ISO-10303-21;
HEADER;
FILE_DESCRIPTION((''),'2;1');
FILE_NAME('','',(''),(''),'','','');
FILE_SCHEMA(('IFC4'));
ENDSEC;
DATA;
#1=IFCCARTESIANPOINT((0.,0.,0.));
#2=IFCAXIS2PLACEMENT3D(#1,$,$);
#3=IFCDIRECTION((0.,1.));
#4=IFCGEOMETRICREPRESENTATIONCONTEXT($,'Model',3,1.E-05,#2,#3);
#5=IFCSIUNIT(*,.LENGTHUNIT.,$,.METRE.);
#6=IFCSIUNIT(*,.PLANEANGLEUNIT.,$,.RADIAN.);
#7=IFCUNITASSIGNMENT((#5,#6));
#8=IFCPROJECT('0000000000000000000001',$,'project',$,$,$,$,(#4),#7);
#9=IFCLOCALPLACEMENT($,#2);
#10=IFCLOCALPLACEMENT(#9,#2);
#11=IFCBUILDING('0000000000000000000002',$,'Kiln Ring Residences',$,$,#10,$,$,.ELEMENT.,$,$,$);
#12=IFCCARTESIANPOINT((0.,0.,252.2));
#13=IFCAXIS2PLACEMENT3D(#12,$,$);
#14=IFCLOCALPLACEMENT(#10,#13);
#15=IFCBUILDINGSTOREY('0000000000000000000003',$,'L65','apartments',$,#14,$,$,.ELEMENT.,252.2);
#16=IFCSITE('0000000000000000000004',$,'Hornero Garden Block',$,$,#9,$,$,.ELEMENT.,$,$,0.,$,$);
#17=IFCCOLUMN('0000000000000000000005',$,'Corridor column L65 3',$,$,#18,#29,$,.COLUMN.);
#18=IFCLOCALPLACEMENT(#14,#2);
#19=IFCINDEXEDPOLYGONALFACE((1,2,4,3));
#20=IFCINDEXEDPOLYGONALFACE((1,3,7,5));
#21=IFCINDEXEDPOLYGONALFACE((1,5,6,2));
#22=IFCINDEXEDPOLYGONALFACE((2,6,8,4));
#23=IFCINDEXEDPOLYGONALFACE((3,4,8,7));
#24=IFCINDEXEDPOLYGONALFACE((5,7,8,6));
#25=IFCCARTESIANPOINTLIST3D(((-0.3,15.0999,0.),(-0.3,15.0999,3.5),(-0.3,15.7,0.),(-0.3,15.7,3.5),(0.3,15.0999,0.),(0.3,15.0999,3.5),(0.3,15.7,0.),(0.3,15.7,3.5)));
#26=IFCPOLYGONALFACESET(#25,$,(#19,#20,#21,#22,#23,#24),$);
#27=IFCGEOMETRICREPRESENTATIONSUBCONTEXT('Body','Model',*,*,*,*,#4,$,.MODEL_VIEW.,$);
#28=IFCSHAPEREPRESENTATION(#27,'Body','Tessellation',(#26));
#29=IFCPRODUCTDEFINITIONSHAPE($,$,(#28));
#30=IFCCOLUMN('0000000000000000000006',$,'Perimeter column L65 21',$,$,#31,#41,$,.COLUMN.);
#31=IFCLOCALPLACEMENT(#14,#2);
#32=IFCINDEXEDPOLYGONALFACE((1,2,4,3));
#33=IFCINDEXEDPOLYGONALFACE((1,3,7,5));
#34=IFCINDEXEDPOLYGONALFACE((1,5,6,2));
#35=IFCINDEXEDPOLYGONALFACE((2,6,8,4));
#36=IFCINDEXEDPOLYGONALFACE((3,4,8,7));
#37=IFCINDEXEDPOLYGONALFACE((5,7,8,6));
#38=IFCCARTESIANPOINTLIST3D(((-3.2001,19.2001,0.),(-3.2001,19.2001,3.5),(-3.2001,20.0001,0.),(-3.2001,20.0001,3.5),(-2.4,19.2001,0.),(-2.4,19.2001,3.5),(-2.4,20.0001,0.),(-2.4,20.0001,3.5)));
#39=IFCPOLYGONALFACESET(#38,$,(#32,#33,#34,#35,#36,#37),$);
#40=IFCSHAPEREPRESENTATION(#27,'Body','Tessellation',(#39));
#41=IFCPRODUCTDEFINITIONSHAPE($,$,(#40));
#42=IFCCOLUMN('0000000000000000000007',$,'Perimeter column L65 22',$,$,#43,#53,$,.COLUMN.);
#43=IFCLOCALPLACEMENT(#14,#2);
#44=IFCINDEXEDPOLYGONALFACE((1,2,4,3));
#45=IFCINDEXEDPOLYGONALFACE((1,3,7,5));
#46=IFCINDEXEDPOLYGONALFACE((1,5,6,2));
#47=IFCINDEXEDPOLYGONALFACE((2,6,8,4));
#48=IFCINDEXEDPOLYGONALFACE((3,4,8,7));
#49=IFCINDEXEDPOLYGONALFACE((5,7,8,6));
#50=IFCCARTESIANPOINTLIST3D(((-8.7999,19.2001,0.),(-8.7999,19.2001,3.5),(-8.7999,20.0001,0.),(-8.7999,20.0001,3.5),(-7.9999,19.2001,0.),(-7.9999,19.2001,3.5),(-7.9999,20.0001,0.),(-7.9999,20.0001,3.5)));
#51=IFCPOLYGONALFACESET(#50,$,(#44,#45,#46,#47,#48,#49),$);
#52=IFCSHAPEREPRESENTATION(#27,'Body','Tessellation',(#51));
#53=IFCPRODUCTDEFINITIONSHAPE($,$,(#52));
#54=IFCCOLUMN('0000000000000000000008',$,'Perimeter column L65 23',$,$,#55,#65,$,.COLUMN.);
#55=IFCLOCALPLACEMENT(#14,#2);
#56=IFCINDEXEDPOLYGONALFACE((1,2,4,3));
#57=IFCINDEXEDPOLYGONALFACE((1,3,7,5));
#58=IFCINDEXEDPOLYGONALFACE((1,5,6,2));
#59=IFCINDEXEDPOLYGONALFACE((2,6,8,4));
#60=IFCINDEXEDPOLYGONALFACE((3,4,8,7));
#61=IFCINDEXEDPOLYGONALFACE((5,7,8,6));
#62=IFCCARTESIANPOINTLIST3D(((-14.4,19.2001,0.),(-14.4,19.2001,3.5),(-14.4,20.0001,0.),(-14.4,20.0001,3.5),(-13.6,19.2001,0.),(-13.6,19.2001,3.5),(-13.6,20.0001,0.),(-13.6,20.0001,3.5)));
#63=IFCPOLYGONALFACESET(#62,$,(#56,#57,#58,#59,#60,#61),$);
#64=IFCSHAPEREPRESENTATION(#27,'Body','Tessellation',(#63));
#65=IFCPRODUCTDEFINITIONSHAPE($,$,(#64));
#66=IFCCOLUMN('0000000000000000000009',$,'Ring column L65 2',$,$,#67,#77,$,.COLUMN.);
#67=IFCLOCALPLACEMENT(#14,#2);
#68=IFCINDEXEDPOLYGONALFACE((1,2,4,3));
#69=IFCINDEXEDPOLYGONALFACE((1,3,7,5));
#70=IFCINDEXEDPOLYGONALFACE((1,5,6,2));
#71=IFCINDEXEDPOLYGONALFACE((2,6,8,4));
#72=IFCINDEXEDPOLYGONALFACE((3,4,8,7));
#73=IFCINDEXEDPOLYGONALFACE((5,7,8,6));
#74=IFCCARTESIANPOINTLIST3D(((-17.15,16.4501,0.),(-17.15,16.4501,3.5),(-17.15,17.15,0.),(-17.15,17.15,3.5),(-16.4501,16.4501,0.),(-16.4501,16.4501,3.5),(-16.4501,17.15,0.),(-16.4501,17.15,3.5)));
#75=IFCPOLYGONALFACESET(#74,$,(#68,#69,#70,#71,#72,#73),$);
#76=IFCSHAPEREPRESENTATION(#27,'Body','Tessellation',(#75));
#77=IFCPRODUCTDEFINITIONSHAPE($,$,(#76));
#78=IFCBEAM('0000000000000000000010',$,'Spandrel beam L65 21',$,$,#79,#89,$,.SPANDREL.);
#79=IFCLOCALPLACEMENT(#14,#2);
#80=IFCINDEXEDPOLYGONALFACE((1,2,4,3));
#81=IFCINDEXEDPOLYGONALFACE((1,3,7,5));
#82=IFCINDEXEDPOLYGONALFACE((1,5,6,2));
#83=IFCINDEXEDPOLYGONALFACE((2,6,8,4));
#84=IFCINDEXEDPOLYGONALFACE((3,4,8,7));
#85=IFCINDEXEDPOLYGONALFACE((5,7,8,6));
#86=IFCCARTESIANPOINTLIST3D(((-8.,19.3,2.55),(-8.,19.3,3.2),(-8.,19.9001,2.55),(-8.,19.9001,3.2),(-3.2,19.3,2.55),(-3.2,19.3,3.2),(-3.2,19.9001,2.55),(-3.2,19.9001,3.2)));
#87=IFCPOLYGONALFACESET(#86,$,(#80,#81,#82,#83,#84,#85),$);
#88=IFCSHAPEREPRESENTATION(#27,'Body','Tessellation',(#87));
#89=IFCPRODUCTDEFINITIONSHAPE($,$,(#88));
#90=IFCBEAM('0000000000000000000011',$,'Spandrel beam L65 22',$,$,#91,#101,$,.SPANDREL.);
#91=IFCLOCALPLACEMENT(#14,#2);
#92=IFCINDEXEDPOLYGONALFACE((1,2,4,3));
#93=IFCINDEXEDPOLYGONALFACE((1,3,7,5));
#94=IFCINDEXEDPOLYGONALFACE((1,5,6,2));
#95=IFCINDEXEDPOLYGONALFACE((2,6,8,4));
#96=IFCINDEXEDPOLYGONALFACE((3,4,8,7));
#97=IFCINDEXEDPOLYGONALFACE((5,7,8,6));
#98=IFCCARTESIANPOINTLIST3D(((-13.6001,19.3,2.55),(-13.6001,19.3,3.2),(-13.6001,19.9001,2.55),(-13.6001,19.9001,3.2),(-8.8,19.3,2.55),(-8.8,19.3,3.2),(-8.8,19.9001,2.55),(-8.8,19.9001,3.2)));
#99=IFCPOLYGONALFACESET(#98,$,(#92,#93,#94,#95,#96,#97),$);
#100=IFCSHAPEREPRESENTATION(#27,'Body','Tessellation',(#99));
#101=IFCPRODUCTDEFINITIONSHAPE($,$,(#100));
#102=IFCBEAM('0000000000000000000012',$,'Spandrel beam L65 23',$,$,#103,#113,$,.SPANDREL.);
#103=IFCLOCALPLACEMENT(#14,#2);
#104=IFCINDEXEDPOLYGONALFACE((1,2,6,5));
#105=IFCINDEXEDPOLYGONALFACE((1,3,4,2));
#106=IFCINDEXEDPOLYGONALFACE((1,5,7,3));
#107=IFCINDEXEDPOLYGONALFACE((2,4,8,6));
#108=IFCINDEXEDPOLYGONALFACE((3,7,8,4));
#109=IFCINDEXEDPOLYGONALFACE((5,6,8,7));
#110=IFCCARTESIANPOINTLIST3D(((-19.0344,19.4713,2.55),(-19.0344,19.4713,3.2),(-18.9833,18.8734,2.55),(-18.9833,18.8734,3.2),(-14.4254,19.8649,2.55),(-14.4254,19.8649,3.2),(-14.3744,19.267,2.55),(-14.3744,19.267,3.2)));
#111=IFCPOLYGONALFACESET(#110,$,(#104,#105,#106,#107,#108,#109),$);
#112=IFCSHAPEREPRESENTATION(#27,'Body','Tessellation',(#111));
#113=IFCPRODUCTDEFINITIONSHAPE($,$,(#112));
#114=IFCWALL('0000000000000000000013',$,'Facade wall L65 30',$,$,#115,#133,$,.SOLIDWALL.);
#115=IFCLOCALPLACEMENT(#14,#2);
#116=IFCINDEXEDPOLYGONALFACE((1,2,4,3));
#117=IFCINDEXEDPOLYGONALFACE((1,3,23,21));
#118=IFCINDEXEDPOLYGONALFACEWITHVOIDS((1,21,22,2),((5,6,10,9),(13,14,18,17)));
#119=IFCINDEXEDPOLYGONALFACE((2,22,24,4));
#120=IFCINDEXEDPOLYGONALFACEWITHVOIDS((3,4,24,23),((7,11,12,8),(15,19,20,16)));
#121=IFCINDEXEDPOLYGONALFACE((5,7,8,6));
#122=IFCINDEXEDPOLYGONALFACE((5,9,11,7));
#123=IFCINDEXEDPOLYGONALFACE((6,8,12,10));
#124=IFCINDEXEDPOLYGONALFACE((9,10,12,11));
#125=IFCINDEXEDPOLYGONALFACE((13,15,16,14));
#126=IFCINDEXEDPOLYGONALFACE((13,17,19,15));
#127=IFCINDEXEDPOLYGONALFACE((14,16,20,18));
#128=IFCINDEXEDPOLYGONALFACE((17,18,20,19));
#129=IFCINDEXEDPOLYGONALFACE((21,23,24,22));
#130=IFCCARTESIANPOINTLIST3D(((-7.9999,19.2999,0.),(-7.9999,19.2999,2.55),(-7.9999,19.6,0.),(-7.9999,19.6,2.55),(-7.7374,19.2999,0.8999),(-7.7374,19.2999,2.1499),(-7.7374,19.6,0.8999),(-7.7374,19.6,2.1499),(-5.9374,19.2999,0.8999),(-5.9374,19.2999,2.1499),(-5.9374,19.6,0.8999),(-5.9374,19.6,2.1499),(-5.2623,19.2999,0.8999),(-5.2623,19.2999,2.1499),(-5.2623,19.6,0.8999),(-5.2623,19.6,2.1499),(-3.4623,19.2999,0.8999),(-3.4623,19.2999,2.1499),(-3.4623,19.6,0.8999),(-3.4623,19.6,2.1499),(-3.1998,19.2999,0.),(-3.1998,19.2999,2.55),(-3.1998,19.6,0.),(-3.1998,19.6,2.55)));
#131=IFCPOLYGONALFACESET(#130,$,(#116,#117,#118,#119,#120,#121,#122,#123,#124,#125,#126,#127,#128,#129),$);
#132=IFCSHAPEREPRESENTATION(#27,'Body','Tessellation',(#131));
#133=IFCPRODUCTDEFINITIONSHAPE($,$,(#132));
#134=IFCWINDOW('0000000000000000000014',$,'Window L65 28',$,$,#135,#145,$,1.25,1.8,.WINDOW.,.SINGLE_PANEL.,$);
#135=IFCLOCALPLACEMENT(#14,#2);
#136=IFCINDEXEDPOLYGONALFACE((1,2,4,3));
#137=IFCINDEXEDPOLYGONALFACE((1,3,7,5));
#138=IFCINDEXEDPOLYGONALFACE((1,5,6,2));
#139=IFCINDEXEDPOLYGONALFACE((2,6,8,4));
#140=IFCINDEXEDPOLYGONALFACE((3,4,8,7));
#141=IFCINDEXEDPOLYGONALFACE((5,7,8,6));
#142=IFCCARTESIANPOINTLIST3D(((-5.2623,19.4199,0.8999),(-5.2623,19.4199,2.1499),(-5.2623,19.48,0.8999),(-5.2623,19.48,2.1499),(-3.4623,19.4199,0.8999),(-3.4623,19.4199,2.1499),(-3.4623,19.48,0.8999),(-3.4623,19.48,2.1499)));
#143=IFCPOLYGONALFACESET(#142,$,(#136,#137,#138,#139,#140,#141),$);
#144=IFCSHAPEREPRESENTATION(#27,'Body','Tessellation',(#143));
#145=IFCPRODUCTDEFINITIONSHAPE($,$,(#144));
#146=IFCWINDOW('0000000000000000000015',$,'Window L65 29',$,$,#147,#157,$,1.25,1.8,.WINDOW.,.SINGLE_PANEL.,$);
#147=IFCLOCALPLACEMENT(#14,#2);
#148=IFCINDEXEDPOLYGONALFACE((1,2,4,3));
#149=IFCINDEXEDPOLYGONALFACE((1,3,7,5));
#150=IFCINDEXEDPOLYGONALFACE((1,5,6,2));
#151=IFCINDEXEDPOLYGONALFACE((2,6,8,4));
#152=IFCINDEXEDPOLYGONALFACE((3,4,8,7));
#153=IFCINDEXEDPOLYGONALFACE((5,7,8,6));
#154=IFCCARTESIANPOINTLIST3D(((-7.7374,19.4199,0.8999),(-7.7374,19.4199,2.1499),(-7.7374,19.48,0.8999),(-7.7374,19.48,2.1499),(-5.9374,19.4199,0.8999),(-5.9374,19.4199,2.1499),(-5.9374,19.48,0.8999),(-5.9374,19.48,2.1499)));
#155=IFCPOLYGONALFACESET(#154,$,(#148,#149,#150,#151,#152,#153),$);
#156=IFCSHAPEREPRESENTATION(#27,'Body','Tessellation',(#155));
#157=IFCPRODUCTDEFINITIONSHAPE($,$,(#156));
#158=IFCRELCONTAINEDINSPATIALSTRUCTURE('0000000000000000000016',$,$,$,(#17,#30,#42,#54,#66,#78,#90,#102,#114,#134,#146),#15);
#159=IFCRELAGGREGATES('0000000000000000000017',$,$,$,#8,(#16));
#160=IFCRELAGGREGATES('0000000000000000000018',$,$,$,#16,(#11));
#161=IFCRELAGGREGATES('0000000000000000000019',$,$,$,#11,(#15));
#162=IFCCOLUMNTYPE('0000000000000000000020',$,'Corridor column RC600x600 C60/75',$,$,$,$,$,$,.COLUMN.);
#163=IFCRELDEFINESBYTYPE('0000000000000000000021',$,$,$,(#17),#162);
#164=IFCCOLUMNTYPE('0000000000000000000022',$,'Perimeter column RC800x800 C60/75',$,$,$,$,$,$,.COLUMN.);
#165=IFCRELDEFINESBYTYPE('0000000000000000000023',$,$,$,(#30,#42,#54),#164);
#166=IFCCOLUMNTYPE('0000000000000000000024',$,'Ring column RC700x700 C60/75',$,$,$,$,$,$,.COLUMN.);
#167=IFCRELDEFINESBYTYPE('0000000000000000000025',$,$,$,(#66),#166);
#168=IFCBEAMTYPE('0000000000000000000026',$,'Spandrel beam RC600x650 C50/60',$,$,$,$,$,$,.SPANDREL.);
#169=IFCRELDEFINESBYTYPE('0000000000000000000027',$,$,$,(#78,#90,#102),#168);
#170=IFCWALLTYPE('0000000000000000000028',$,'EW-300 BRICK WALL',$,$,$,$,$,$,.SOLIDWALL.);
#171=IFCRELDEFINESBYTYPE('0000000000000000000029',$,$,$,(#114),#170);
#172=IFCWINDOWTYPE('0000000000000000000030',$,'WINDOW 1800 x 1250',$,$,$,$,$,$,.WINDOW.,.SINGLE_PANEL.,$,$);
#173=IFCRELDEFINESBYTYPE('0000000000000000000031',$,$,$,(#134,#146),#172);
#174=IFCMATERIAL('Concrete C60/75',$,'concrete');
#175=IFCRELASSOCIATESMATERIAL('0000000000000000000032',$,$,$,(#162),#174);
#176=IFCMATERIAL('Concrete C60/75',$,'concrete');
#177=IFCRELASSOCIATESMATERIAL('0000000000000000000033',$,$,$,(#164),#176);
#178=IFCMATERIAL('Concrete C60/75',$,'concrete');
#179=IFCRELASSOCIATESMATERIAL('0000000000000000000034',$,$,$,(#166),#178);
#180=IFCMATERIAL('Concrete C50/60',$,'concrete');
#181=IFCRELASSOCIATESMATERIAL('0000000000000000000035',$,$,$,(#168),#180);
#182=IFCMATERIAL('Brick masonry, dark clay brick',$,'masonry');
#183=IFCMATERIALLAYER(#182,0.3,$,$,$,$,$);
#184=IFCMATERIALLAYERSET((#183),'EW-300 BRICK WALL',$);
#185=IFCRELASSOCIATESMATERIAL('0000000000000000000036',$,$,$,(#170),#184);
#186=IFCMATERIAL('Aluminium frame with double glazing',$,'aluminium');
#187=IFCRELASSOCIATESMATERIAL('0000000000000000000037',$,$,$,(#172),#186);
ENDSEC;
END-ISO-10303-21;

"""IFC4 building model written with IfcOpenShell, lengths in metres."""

from ifc_helpers import new_model, si_unit, direction, frame, frame_2d, origin, origin_2d, place, context, subcontext, project, spatial, rectangle, extrude, material, layer, layer_set, material_profile, profile_set, type_object, element, fill, save


model = new_model("IFC4")

# Units and contexts
model_context = context("Model", 3, precision=1e-05, world=origin(), true_north=direction((0.0, 1.0)))
body_context = subcontext(model_context, "Body", "Model", "MODEL_VIEW")
ifc_project = project(units=[si_unit("LENGTHUNIT", "METRE"), si_unit("PLANEANGLEUNIT", "RADIAN")], contexts=[model_context])

# Site, building, storey
site_placement = place(None, origin())
site = spatial("IfcSite", under=ifc_project, at=site_placement, Name="Hornero Garden Block", CompositionType="ELEMENT", RefElevation=0.0)
building_placement = place(site_placement, origin())
building = spatial("IfcBuilding", under=site, at=building_placement, Name="Kiln Ring Residences", CompositionType="ELEMENT")
storey_placement = place(building_placement, frame((0.0, 0.0, 252.2)))
storey = spatial("IfcBuildingStorey", under=building, at=storey_placement, Name="L65", Description="apartments", CompositionType="ELEMENT", Elevation=252.2)

# Columns
ifc_material_1 = material(Name="Concrete C60/75", Category="concrete")
ifc_material_profile_1 = material_profile(ifc_material_1, rectangle(XDim=0.6001, YDim=0.6001, at=origin_2d()), Name="RC600x600")
ifc_profile_set_1 = profile_set([ifc_material_profile_1], Name="Concrete C60/75")
column_type_1 = type_object("IfcColumnType", Name="Corridor column RC600x600 C60/75", PredefinedType="COLUMN", material=ifc_profile_set_1)
column_1_placement = place(storey_placement, frame((0.0, 15.3999, 0.0), z_axis=(0.0, 0.0, 1.0), x_axis=(1.0, 0.0, 0.0)))
element("IfcColumn", 1, at=column_1_placement, inside=storey, type_object=column_type_1, Name="Corridor column L65 3", PredefinedType="COLUMN", context=body_context, shape_type="SweptSolid", body=[
    extrude(rectangle(XDim=0.6001, YDim=0.6001, at=origin_2d()), origin(), (0.0, 0.0, 1.0), 3.5),
])
ifc_material_2 = material(Name="Concrete C60/75", Category="concrete")
ifc_material_profile_2 = material_profile(ifc_material_2, rectangle(XDim=0.8, YDim=0.8, at=origin_2d()), Name="RC800x800")
ifc_profile_set_2 = profile_set([ifc_material_profile_2], Name="Concrete C60/75")
column_type_2 = type_object("IfcColumnType", Name="Perimeter column RC800x800 C60/75", PredefinedType="COLUMN", material=ifc_profile_set_2)
for number, where, z_axis, x_axis, name in (
    (2, (-2.8, 19.6001, 0.0), (0.0, 0.0, 1.0), (1.0, 0.0, 0.0), "Perimeter column L65 21"),
    (3, (-8.3999, 19.6001, 0.0), (0.0, 0.0, 1.0), (1.0, 0.0, 0.0), "Perimeter column L65 22"),
    (4, (-14.0, 19.6001, 0.0), (0.0, 0.0, 1.0), (1.0, 0.0, 0.0), "Perimeter column L65 23"),
):
    element("IfcColumn", number, at=place(storey_placement, frame(where, z_axis=z_axis, x_axis=x_axis)), inside=storey, type_object=column_type_2, Name=name, PredefinedType="COLUMN", context=body_context, shape_type="SweptSolid", body=[
        extrude(rectangle(XDim=0.8, YDim=0.8, at=origin_2d()), origin(), (0.0, 0.0, 1.0), 3.5),
    ])
ifc_material_3 = material(Name="Concrete C60/75", Category="concrete")
ifc_material_profile_3 = material_profile(ifc_material_3, rectangle(XDim=0.7, YDim=0.7, at=origin_2d()), Name="RC700x700")
ifc_profile_set_3 = profile_set([ifc_material_profile_3], Name="Concrete C60/75")
column_type_3 = type_object("IfcColumnType", Name="Ring column RC700x700 C60/75", PredefinedType="COLUMN", material=ifc_profile_set_3)
column_2_placement = place(storey_placement, frame((-16.8, 16.8, 0.0), z_axis=(0.0, 0.0, 1.0), x_axis=(1.0, 0.0, 0.0)))
element("IfcColumn", 5, at=column_2_placement, inside=storey, type_object=column_type_3, Name="Ring column L65 2", PredefinedType="COLUMN", context=body_context, shape_type="SweptSolid", body=[
    extrude(rectangle(XDim=0.7, YDim=0.7, at=origin_2d()), origin(), (0.0, 0.0, 1.0), 3.5),
])

# Beams
ifc_material_4 = material(Name="Concrete C50/60", Category="concrete")
ifc_material_profile_4 = material_profile(ifc_material_4, rectangle(XDim=0.6001, YDim=0.6499, at=origin_2d()), Name="RC600x650")
ifc_profile_set_4 = profile_set([ifc_material_profile_4], Name="Concrete C50/60")
beam_type = type_object("IfcBeamType", Name="Spandrel beam RC600x650 C50/60", PredefinedType="SPANDREL", material=ifc_profile_set_4)
for number, where, z_axis, x_axis, name in (
    (6, (-3.2, 19.6001, 2.875), (-1.0, 0.0, 0.0), (0.0, -1.0, 0.0), "Spandrel beam L65 21"),
    (7, (-8.8, 19.6001, 2.875), (-1.0, 0.0, 0.0), (0.0, -1.0, 0.0), "Spandrel beam L65 22"),
):
    element("IfcBeam", number, at=place(storey_placement, frame(where, z_axis=z_axis, x_axis=x_axis)), inside=storey, type_object=beam_type, Name=name, PredefinedType="SPANDREL", context=body_context, shape_type="SweptSolid", body=[
        extrude(rectangle(XDim=0.6001, YDim=0.6499, at=origin_2d()), origin(), (0.0, 0.0, 1.0), 4.8),
    ])
beam_placement = place(storey_placement, frame((-14.3999, 19.5659, 2.875), z_axis=(-0.996374, -0.085081, 0.0), x_axis=(0.085081, -0.996374, 0.0)))
element("IfcBeam", 8, at=beam_placement, inside=storey, type_object=beam_type, Name="Spandrel beam L65 23", PredefinedType="SPANDREL", context=body_context, shape_type="SweptSolid", body=[
    extrude(rectangle(XDim=0.6001, YDim=0.6499, at=origin_2d()), origin(), (0.0, 0.0, 1.0), 4.6257),
])

# Wall, openings, windows
ifc_material_5 = material(Name="Brick masonry, dark clay brick", Category="masonry")
ifc_layer_1 = layer(ifc_material_5, 0.3)
ifc_layer_set_1 = layer_set([ifc_layer_1], Name="EW-300 BRICK WALL")
wall_type_1 = type_object("IfcWallType", Name="EW-300 BRICK WALL", PredefinedType="SOLIDWALL", material=ifc_layer_set_1)
wall_1_placement = place(storey_placement, frame((-3.2, 19.45, 0.0), z_axis=(0.0, 0.0, 1.0), x_axis=(-1.0, 0.0, 0.0)))
wall_1 = element("IfcWall", 9, at=wall_1_placement, inside=storey, type_object=wall_type_1, Name="Facade wall L65 30", PredefinedType="SOLIDWALL", context=body_context, shape_type="SweptSolid", body=[
    extrude(rectangle(XDim=4.8, YDim=0.3, at=frame_2d((2.3999, 0.0))), origin(), (0.0, 0.0, 1.0), 2.55),
])
opening_1_placement = place(wall_1_placement, frame((0.2625, 0.0, 0.8999)))
opening_1 = element("IfcOpeningElement", 10, at=opening_1_placement, cuts=wall_1, PredefinedType="OPENING", context=body_context, shape_type="SweptSolid", body=[
    extrude(rectangle(XDim=1.8, YDim=1.25, at=frame_2d((0.8999, 0.625))), frame((0.0, 0.1599, 0.0), z_axis=(0.0, -1.0, 0.0), x_axis=(1.0, 0.0, 0.0)), (0.0, 0.0, 1.0), 0.3201),
])
opening_2_placement = place(wall_1_placement, frame((2.7375, 0.0, 0.8999)))
opening_2 = element("IfcOpeningElement", 11, at=opening_2_placement, cuts=wall_1, PredefinedType="OPENING", context=body_context, shape_type="SweptSolid", body=[
    extrude(rectangle(XDim=1.8, YDim=1.25, at=frame_2d((0.8999, 0.625))), frame((0.0, 0.1599, 0.0), z_axis=(0.0, -1.0, 0.0), x_axis=(1.0, 0.0, 0.0)), (0.0, 0.0, 1.0), 0.3201),
])
ifc_material_6 = material(Name="Aluminium frame with double glazing", Category="aluminium")
window_type_1 = type_object("IfcWindowType", Name="WINDOW 1800 x 1250", PartitioningType="SINGLE_PANEL", PredefinedType="WINDOW", material=ifc_material_6)
window_1_placement = place(opening_1_placement, origin())
window_1 = element("IfcWindow", 12, at=window_1_placement, inside=storey, type_object=window_type_1, Name="Window L65 28", OverallHeight=1.25, OverallWidth=1.8, PartitioningType="SINGLE_PANEL", PredefinedType="WINDOW", context=body_context, shape_type="SweptSolid", body=[
    extrude(rectangle(XDim=1.8, YDim=1.25, at=frame_2d((0.8999, 0.625))), frame((0.0, 0.03, 0.0), z_axis=(0.0, -1.0, 0.0), x_axis=(1.0, 0.0, 0.0)), (0.0, 0.0, 1.0), 0.0601),
])
fill(opening_1, window_1)
window_2_placement = place(opening_2_placement, origin())
window_2 = element("IfcWindow", 13, at=window_2_placement, inside=storey, type_object=window_type_1, Name="Window L65 29", OverallHeight=1.25, OverallWidth=1.8, PartitioningType="SINGLE_PANEL", PredefinedType="WINDOW", context=body_context, shape_type="SweptSolid", body=[
    extrude(rectangle(XDim=1.8, YDim=1.25, at=frame_2d((0.8999, 0.625))), frame((0.0, 0.03, 0.0), z_axis=(0.0, -1.0, 0.0), x_axis=(1.0, 0.0, 0.0)), (0.0, 0.0, 1.0), 0.0601),
])
fill(opening_2, window_2)

save(model, "model.ifc")
